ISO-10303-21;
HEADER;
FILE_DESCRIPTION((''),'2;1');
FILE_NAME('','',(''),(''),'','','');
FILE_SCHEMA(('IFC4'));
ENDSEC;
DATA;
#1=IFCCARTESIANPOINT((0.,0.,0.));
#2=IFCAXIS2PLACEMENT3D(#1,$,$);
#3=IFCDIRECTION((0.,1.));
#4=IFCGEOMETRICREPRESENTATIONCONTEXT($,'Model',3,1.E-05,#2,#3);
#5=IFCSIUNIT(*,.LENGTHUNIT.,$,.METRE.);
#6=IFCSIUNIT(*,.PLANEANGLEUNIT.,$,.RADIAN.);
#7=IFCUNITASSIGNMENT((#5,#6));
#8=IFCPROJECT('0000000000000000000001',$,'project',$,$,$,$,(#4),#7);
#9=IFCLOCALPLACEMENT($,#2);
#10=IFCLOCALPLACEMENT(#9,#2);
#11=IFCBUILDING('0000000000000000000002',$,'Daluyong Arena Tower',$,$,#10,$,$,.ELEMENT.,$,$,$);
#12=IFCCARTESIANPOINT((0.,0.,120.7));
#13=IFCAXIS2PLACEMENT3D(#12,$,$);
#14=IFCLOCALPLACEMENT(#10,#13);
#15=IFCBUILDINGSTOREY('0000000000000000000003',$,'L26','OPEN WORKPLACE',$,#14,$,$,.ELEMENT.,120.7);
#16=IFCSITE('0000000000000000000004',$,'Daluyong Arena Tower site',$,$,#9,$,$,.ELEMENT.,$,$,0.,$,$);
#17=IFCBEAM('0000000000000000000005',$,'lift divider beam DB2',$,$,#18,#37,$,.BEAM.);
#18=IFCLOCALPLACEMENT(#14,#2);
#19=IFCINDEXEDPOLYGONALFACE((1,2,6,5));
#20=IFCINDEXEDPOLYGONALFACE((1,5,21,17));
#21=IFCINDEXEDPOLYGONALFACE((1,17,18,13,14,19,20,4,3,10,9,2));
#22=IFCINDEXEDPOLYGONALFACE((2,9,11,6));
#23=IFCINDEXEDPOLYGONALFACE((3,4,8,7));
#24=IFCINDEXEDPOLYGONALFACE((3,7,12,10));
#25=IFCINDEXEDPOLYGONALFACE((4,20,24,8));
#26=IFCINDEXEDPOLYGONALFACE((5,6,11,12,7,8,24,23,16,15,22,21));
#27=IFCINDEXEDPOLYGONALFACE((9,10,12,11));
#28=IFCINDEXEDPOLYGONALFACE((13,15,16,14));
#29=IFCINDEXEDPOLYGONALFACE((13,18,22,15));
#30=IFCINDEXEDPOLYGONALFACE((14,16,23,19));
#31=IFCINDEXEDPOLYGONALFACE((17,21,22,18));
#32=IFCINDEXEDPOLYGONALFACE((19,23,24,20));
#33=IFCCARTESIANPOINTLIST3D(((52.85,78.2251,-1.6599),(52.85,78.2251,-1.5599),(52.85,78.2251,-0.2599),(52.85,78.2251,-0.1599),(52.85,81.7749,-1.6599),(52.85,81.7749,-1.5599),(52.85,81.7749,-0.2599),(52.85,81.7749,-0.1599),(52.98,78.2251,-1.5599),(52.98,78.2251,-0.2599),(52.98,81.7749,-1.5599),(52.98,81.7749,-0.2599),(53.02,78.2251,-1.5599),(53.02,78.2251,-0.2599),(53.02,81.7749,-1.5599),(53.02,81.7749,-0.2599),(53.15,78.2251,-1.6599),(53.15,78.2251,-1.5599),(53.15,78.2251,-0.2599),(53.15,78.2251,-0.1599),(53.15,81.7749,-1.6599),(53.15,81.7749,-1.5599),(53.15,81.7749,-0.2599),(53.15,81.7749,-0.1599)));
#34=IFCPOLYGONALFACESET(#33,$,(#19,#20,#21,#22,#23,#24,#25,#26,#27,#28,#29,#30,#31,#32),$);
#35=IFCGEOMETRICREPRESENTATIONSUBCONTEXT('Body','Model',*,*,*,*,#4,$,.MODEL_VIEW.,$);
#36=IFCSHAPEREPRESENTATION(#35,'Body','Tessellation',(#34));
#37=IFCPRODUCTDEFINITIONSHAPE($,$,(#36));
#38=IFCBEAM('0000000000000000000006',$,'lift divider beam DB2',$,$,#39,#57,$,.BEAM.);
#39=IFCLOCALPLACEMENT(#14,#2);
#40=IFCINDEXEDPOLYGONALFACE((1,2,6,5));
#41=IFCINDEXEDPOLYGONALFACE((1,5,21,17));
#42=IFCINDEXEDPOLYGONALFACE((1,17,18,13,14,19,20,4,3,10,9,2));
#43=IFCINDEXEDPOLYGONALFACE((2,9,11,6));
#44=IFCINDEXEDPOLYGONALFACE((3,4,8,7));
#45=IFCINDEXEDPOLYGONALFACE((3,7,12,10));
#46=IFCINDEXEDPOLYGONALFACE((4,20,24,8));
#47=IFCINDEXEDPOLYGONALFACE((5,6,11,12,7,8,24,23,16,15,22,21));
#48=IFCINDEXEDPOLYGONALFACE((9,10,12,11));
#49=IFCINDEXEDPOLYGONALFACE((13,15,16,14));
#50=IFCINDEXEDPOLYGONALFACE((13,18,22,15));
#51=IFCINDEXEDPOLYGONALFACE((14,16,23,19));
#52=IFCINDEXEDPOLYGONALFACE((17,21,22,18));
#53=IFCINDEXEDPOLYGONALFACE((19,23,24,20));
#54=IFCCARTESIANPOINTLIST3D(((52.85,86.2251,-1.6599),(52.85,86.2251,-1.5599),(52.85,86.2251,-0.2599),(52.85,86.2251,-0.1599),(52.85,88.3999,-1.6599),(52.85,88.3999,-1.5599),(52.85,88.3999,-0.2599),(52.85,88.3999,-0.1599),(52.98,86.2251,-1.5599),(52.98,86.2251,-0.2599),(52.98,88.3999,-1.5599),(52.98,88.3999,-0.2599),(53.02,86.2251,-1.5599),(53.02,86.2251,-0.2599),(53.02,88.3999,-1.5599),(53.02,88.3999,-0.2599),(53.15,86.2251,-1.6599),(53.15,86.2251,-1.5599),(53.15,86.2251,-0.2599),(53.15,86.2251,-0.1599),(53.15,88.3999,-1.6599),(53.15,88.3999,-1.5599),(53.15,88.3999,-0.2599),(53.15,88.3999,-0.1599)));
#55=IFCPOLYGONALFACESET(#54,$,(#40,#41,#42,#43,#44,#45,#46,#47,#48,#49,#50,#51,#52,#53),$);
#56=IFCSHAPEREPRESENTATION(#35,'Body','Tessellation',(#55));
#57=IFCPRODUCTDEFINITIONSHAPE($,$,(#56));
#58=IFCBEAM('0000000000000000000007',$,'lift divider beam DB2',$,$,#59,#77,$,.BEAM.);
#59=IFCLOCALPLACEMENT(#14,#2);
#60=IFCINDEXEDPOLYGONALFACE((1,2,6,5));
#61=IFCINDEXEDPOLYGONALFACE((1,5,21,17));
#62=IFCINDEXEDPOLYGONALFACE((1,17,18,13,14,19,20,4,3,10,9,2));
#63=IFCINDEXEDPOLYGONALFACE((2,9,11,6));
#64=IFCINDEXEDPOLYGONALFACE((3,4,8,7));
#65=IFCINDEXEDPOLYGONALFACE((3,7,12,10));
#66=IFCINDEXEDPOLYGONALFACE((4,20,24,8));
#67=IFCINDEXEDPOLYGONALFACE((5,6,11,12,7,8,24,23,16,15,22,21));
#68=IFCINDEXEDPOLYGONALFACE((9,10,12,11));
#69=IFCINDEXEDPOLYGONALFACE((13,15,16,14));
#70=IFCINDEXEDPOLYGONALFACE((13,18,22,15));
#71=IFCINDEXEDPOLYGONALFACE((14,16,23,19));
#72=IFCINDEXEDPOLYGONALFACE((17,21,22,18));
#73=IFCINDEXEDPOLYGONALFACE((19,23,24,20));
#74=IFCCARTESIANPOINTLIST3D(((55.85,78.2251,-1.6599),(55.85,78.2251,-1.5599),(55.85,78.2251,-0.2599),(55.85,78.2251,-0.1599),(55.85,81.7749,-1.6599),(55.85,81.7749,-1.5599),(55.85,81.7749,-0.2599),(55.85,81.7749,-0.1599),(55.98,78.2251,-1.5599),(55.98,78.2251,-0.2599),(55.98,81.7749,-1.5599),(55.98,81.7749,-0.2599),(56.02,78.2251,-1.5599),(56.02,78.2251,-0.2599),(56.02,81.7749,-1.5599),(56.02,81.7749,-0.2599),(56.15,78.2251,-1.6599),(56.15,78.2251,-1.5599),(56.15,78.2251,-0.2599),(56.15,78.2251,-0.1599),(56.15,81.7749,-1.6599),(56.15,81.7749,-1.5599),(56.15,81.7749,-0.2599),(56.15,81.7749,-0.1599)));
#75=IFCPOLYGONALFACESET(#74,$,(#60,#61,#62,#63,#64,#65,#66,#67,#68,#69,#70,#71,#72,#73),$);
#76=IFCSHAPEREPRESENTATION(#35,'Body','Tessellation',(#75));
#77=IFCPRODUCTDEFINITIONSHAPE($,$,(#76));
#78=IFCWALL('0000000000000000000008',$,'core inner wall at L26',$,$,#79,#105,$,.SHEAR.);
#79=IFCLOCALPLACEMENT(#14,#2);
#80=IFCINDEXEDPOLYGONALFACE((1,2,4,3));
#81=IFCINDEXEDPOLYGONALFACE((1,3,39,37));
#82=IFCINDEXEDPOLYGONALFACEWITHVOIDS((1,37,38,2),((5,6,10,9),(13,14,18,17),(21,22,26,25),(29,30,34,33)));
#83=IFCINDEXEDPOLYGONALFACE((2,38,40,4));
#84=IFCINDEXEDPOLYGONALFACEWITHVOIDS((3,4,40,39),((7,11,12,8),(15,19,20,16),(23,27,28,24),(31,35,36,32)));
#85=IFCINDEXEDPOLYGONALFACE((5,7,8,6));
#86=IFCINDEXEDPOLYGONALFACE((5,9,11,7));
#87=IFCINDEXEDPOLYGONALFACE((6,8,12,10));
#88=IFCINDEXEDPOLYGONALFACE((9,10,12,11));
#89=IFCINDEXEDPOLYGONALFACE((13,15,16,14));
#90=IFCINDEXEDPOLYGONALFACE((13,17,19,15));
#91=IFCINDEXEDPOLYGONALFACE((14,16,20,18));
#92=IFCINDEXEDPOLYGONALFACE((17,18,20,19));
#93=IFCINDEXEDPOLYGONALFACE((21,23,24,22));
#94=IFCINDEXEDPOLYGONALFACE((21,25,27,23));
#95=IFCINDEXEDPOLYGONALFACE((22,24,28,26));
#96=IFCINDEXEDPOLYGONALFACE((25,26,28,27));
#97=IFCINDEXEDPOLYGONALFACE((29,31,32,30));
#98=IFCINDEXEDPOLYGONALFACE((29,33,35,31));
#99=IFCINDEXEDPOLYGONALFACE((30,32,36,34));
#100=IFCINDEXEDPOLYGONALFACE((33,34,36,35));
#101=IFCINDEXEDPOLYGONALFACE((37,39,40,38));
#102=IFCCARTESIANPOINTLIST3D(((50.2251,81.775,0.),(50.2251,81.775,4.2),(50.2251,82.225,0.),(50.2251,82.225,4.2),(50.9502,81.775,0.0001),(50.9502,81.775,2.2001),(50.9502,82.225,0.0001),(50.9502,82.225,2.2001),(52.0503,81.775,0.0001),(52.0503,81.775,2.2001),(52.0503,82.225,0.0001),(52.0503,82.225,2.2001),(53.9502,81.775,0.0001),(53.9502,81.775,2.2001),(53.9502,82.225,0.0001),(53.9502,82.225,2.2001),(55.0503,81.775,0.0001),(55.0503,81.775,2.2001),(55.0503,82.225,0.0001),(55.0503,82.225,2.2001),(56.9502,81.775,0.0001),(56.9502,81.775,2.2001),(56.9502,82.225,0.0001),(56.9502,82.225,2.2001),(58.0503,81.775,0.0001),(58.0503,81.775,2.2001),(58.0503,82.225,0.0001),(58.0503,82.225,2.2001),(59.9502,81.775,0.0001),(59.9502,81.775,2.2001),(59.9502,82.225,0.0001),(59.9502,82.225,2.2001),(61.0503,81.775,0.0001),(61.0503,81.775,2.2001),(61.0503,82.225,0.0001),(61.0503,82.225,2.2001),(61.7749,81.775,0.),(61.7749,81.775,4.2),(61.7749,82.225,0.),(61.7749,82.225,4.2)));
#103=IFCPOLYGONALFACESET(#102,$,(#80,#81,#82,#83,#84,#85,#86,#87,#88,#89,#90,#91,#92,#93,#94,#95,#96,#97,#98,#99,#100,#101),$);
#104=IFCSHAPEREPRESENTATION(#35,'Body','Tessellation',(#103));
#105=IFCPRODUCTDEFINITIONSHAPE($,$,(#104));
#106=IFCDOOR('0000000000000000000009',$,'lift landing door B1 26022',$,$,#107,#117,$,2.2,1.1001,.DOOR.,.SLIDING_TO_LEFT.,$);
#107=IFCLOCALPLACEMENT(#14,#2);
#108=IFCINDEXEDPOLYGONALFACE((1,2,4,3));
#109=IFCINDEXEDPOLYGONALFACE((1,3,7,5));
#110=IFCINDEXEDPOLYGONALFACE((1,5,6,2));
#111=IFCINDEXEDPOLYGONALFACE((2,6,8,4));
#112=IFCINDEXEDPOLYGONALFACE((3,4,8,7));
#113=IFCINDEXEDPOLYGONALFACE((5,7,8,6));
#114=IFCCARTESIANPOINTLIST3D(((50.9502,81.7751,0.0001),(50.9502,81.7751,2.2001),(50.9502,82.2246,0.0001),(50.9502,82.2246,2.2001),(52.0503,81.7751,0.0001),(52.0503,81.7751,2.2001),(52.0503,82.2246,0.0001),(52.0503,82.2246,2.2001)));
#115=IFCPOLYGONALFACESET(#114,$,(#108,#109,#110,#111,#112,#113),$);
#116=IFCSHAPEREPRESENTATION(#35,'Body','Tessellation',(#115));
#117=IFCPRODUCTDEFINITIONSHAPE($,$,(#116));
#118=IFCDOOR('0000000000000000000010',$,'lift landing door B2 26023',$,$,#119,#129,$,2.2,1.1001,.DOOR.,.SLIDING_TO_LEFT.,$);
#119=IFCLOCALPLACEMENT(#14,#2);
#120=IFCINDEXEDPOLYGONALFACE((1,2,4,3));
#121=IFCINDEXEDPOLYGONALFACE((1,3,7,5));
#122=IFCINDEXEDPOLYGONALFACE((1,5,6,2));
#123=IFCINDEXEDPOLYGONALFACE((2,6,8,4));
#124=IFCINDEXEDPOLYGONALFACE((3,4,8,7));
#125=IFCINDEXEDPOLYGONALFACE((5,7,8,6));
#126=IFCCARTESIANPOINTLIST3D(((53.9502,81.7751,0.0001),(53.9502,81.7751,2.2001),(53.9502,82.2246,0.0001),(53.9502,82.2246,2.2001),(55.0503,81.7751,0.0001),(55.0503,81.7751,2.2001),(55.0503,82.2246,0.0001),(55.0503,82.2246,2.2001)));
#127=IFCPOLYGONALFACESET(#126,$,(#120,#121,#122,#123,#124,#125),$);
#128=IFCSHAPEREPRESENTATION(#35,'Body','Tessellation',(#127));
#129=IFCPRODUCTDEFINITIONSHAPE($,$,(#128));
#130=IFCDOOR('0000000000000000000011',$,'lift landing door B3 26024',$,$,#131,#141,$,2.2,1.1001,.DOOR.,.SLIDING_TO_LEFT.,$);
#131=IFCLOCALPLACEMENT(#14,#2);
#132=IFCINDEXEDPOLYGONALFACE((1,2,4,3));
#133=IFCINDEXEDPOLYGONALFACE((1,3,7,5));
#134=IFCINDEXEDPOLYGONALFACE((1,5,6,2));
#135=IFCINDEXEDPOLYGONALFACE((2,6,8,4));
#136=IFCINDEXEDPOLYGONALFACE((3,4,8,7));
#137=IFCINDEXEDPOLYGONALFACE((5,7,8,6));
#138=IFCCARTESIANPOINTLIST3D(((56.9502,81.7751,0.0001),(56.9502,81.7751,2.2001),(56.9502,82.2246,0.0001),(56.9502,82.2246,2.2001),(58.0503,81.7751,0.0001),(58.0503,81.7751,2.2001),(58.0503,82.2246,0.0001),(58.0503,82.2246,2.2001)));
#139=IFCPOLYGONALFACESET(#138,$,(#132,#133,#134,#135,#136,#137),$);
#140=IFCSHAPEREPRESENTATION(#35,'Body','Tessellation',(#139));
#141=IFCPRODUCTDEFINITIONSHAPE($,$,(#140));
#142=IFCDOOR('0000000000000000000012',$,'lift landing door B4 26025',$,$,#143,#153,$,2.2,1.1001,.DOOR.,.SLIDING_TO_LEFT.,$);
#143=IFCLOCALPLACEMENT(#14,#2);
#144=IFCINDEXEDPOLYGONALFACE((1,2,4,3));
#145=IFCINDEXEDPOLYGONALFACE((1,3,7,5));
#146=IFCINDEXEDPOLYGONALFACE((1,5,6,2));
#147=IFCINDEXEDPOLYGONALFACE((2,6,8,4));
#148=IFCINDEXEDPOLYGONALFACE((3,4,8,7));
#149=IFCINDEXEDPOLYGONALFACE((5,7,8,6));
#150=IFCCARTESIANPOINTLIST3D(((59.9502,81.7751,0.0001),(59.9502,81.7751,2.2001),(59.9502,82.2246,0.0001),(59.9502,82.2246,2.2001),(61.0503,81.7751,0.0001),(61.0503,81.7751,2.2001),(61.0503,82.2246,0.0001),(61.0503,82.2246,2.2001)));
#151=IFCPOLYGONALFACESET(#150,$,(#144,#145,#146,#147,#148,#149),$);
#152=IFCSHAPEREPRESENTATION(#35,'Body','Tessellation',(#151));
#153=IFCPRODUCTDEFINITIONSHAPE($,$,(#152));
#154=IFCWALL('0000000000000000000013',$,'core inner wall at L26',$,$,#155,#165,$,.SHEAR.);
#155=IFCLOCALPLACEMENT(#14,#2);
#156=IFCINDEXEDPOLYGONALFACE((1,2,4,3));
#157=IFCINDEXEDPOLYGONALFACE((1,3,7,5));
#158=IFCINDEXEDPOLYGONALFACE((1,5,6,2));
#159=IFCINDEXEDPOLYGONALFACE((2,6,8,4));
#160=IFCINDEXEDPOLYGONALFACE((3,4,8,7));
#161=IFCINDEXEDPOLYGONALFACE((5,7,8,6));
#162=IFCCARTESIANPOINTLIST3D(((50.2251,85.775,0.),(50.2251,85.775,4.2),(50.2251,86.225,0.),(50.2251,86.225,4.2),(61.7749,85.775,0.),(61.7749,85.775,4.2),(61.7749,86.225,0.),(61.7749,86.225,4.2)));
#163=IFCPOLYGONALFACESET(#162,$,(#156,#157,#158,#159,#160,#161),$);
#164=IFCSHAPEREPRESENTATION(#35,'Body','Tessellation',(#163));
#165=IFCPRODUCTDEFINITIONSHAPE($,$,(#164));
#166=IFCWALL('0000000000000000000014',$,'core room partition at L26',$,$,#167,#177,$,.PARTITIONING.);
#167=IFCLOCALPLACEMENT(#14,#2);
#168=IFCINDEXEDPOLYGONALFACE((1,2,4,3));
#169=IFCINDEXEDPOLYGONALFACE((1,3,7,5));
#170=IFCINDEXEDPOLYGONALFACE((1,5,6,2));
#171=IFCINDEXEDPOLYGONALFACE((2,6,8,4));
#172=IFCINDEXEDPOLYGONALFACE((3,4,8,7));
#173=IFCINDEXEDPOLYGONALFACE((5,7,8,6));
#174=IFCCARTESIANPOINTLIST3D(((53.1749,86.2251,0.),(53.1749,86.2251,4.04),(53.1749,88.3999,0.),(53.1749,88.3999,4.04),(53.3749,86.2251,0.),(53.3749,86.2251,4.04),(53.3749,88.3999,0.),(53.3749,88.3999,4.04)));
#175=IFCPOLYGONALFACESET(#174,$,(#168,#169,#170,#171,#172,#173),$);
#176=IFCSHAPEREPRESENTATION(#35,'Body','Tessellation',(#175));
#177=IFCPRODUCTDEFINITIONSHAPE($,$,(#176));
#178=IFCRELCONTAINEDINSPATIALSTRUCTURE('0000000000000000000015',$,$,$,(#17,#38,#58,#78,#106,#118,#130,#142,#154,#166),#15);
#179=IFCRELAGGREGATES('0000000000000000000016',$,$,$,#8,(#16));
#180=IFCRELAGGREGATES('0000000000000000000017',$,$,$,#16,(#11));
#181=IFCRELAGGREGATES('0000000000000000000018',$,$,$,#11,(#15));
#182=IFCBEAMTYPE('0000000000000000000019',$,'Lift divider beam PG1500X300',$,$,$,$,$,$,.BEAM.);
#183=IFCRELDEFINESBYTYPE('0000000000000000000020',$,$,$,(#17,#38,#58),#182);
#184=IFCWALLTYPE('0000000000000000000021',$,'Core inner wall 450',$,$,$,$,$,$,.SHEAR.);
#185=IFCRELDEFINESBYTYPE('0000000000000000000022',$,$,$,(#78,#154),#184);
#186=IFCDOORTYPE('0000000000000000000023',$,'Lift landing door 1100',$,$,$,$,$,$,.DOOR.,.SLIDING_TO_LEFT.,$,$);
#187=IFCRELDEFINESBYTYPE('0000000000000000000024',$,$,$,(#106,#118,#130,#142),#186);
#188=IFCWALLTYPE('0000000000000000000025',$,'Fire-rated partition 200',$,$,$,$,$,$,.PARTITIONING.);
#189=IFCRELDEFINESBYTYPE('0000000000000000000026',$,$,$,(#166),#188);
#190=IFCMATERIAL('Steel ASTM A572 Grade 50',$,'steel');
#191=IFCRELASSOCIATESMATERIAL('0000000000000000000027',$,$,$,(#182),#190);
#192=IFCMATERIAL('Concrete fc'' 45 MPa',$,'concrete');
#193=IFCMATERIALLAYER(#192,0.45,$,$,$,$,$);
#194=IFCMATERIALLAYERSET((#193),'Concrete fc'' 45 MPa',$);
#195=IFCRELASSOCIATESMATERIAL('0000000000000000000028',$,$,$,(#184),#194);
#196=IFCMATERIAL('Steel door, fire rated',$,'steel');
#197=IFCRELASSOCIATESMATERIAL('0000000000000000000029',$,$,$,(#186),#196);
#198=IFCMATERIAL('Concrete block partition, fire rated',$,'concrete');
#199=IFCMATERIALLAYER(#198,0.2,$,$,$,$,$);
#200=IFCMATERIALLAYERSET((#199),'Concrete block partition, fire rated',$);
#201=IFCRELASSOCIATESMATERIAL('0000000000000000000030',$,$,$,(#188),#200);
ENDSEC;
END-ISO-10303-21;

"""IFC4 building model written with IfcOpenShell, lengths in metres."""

from ifc_helpers import new_model, si_unit, direction, frame, frame_2d, origin, origin_2d, place, context, subcontext, project, spatial, rectangle, i_section, extrude, material, layer, layer_set, material_profile, profile_set, type_object, element, fill, save


model = new_model("IFC4")

# Units and contexts
model_context = context("Model", 3, precision=1e-05, world=origin(), true_north=direction((0.0, 1.0)))
body_context = subcontext(model_context, "Body", "Model", "MODEL_VIEW")
ifc_project = project(units=[si_unit("LENGTHUNIT", "METRE"), si_unit("PLANEANGLEUNIT", "RADIAN")], contexts=[model_context])

# Site, building, storey
site_placement = place(None, origin())
site = spatial("IfcSite", under=ifc_project, at=site_placement, Name="Daluyong Arena Tower site", CompositionType="ELEMENT", RefElevation=0.0)
building_placement = place(site_placement, origin())
building = spatial("IfcBuilding", under=site, at=building_placement, Name="Daluyong Arena Tower", CompositionType="ELEMENT")
storey_placement = place(building_placement, frame((0.0, 0.0, 120.7)))
storey = spatial("IfcBuildingStorey", under=building, at=storey_placement, Name="L26", Description="OPEN WORKPLACE", CompositionType="ELEMENT", Elevation=120.7)

# Beams
ifc_material_1 = material(Name="Steel ASTM A572 Grade 50", Category="steel")
ifc_material_profile = material_profile(ifc_material_1, i_section(OverallWidth=0.3, OverallDepth=1.5, WebThickness=0.04, FlangeThickness=0.1, at=origin_2d()))
ifc_profile_set = profile_set([ifc_material_profile], Name="Steel ASTM A572 Grade 50")
beam_type = type_object("IfcBeamType", Name="Lift divider beam PG1500X300", PredefinedType="BEAM", material=ifc_profile_set)
beam_1_placement = place(storey_placement, frame((53.0, 78.2251, -0.9099), z_axis=(0.0, 1.0, 0.0), x_axis=(-1.0, 0.0, 0.0)))
element("IfcBeam", 1, at=beam_1_placement, inside=storey, type_object=beam_type, Name="lift divider beam DB2", PredefinedType="BEAM", context=body_context, shape_type="SweptSolid", body=[
    extrude(i_section(OverallWidth=0.3, OverallDepth=1.5, WebThickness=0.04, FlangeThickness=0.1, at=origin_2d()), origin(), (0.0, 0.0, 1.0), 3.5498),
])
beam_2_placement = place(storey_placement, frame((53.0, 86.2251, -0.9099), z_axis=(0.0, 1.0, 0.0), x_axis=(-1.0, 0.0, 0.0)))
element("IfcBeam", 2, at=beam_2_placement, inside=storey, type_object=beam_type, Name="lift divider beam DB2", PredefinedType="BEAM", context=body_context, shape_type="SweptSolid", body=[
    extrude(i_section(OverallWidth=0.3, OverallDepth=1.5, WebThickness=0.04, FlangeThickness=0.1, at=origin_2d()), origin(), (0.0, 0.0, 1.0), 2.1748),
])
beam_3_placement = place(storey_placement, frame((56.0, 78.2251, -0.9099), z_axis=(0.0, 1.0, 0.0), x_axis=(-1.0, 0.0, 0.0)))
element("IfcBeam", 3, at=beam_3_placement, inside=storey, type_object=beam_type, Name="lift divider beam DB2", PredefinedType="BEAM", context=body_context, shape_type="SweptSolid", body=[
    extrude(i_section(OverallWidth=0.3, OverallDepth=1.5, WebThickness=0.04, FlangeThickness=0.1, at=origin_2d()), origin(), (0.0, 0.0, 1.0), 3.5498),
])

# Wall, openings, doors
ifc_material_2 = material(Name="Concrete fc' 45 MPa", Category="concrete")
ifc_layer_1 = layer(ifc_material_2, 0.45)
ifc_layer_set_1 = layer_set([ifc_layer_1], Name="Concrete fc' 45 MPa")
wall_type_1 = type_object("IfcWallType", Name="Core inner wall 450", PredefinedType="SHEAR", material=ifc_layer_set_1)
wall_1_placement = place(storey_placement, frame((50.2251, 82.0, 0.0), z_axis=(0.0, 0.0, 1.0), x_axis=(1.0, 0.0, 0.0)))
wall_1 = element("IfcWall", 4, at=wall_1_placement, inside=storey, type_object=wall_type_1, Name="core inner wall at L26", PredefinedType="SHEAR", context=body_context, shape_type="SweptSolid", body=[
    extrude(rectangle(XDim=11.5498, YDim=0.45, at=frame_2d((5.7749, 0.0))), origin(), (0.0, 0.0, 1.0), 4.2),
])
opening_1_placement = place(wall_1_placement, frame((0.7251, 0.0, 0.0)))
opening_1 = element("IfcOpeningElement", 5, at=opening_1_placement, cuts=wall_1, PredefinedType="OPENING", context=body_context, shape_type="SweptSolid", body=[
    extrude(rectangle(XDim=1.1001, YDim=2.2, at=frame_2d((0.55, 1.1001))), frame((0.0, 0.2349, 0.0), z_axis=(0.0, -1.0, 0.0), x_axis=(1.0, 0.0, 0.0)), (0.0, 0.0, 1.0), 0.47),
])
opening_2_placement = place(wall_1_placement, frame((3.7251, 0.0, 0.0)))
opening_2 = element("IfcOpeningElement", 6, at=opening_2_placement, cuts=wall_1, PredefinedType="OPENING", context=body_context, shape_type="SweptSolid", body=[
    extrude(rectangle(XDim=1.1001, YDim=2.2, at=frame_2d((0.55, 1.1001))), frame((0.0, 0.2349, 0.0), z_axis=(0.0, -1.0, 0.0), x_axis=(1.0, 0.0, 0.0)), (0.0, 0.0, 1.0), 0.47),
])
opening_3_placement = place(wall_1_placement, frame((6.7251, 0.0, 0.0)))
opening_3 = element("IfcOpeningElement", 7, at=opening_3_placement, cuts=wall_1, PredefinedType="OPENING", context=body_context, shape_type="SweptSolid", body=[
    extrude(rectangle(XDim=1.1001, YDim=2.2, at=frame_2d((0.55, 1.1001))), frame((0.0, 0.2349, 0.0), z_axis=(0.0, -1.0, 0.0), x_axis=(1.0, 0.0, 0.0)), (0.0, 0.0, 1.0), 0.47),
])
opening_4_placement = place(wall_1_placement, frame((9.7251, 0.0, 0.0)))
opening_4 = element("IfcOpeningElement", 8, at=opening_4_placement, cuts=wall_1, PredefinedType="OPENING", context=body_context, shape_type="SweptSolid", body=[
    extrude(rectangle(XDim=1.1001, YDim=2.2, at=frame_2d((0.55, 1.1001))), frame((0.0, 0.2349, 0.0), z_axis=(0.0, -1.0, 0.0), x_axis=(1.0, 0.0, 0.0)), (0.0, 0.0, 1.0), 0.47),
])
ifc_material_3 = material(Name="Steel door, fire rated", Category="steel")
door_type = type_object("IfcDoorType", Name="Lift landing door 1100", OperationType="SLIDING_TO_LEFT", PredefinedType="DOOR", material=ifc_material_3)
door_1_placement = place(opening_1_placement, origin())
door_1 = element("IfcDoor", 9, at=door_1_placement, inside=storey, type_object=door_type, Name="lift landing door B1 26022", OperationType="SLIDING_TO_LEFT", OverallHeight=2.2, OverallWidth=1.1001, PredefinedType="DOOR", context=body_context, shape_type="SweptSolid", body=[
    extrude(rectangle(XDim=1.1001, YDim=2.2, at=frame_2d((0.55, 1.1001))), frame((0.0, 0.2246, 0.0), z_axis=(0.0, -1.0, 0.0), x_axis=(1.0, 0.0, 0.0)), (0.0, 0.0, 1.0), 0.4495),
])
fill(opening_1, door_1)
door_2_placement = place(opening_2_placement, origin())
door_2 = element("IfcDoor", 10, at=door_2_placement, inside=storey, type_object=door_type, Name="lift landing door B2 26023", OperationType="SLIDING_TO_LEFT", OverallHeight=2.2, OverallWidth=1.1001, PredefinedType="DOOR", context=body_context, shape_type="SweptSolid", body=[
    extrude(rectangle(XDim=1.1001, YDim=2.2, at=frame_2d((0.55, 1.1001))), frame((0.0, 0.2246, 0.0), z_axis=(0.0, -1.0, 0.0), x_axis=(1.0, 0.0, 0.0)), (0.0, 0.0, 1.0), 0.4495),
])
fill(opening_2, door_2)
door_3_placement = place(opening_3_placement, origin())
door_3 = element("IfcDoor", 11, at=door_3_placement, inside=storey, type_object=door_type, Name="lift landing door B3 26024", OperationType="SLIDING_TO_LEFT", OverallHeight=2.2, OverallWidth=1.1001, PredefinedType="DOOR", context=body_context, shape_type="SweptSolid", body=[
    extrude(rectangle(XDim=1.1001, YDim=2.2, at=frame_2d((0.55, 1.1001))), frame((0.0, 0.2246, 0.0), z_axis=(0.0, -1.0, 0.0), x_axis=(1.0, 0.0, 0.0)), (0.0, 0.0, 1.0), 0.4495),
])
fill(opening_3, door_3)
door_4_placement = place(opening_4_placement, origin())
door_4 = element("IfcDoor", 12, at=door_4_placement, inside=storey, type_object=door_type, Name="lift landing door B4 26025", OperationType="SLIDING_TO_LEFT", OverallHeight=2.2, OverallWidth=1.1001, PredefinedType="DOOR", context=body_context, shape_type="SweptSolid", body=[
    extrude(rectangle(XDim=1.1001, YDim=2.2, at=frame_2d((0.55, 1.1001))), frame((0.0, 0.2246, 0.0), z_axis=(0.0, -1.0, 0.0), x_axis=(1.0, 0.0, 0.0)), (0.0, 0.0, 1.0), 0.4495),
])
fill(opening_4, door_4)

# Walls
wall_2_placement = place(storey_placement, frame((50.2251, 86.0, 0.0), z_axis=(0.0, 0.0, 1.0), x_axis=(1.0, 0.0, 0.0)))
element("IfcWall", 13, at=wall_2_placement, inside=storey, type_object=wall_type_1, Name="core inner wall at L26", PredefinedType="SHEAR", context=body_context, shape_type="SweptSolid", body=[
    extrude(rectangle(XDim=11.5498, YDim=0.45, at=frame_2d((5.7749, 0.0))), origin(), (0.0, 0.0, 1.0), 4.2),
])
ifc_material_4 = material(Name="Concrete block partition, fire rated", Category="concrete")
ifc_layer_2 = layer(ifc_material_4, 0.2)
ifc_layer_set_2 = layer_set([ifc_layer_2], Name="Concrete block partition, fire rated")
wall_type_2 = type_object("IfcWallType", Name="Fire-rated partition 200", PredefinedType="PARTITIONING", material=ifc_layer_set_2)
wall_3_placement = place(storey_placement, frame((53.2749, 86.2251, 0.0), z_axis=(0.0, 0.0, 1.0), x_axis=(0.0, 1.0, 0.0)))
element("IfcWall", 14, at=wall_3_placement, inside=storey, type_object=wall_type_2, Name="core room partition at L26", PredefinedType="PARTITIONING", context=body_context, shape_type="SweptSolid", body=[
    extrude(rectangle(XDim=2.1748, YDim=0.2, at=frame_2d((1.0874, 0.0))), origin(), (0.0, 0.0, 1.0), 4.04),
])

save(model, "model.ifc")
